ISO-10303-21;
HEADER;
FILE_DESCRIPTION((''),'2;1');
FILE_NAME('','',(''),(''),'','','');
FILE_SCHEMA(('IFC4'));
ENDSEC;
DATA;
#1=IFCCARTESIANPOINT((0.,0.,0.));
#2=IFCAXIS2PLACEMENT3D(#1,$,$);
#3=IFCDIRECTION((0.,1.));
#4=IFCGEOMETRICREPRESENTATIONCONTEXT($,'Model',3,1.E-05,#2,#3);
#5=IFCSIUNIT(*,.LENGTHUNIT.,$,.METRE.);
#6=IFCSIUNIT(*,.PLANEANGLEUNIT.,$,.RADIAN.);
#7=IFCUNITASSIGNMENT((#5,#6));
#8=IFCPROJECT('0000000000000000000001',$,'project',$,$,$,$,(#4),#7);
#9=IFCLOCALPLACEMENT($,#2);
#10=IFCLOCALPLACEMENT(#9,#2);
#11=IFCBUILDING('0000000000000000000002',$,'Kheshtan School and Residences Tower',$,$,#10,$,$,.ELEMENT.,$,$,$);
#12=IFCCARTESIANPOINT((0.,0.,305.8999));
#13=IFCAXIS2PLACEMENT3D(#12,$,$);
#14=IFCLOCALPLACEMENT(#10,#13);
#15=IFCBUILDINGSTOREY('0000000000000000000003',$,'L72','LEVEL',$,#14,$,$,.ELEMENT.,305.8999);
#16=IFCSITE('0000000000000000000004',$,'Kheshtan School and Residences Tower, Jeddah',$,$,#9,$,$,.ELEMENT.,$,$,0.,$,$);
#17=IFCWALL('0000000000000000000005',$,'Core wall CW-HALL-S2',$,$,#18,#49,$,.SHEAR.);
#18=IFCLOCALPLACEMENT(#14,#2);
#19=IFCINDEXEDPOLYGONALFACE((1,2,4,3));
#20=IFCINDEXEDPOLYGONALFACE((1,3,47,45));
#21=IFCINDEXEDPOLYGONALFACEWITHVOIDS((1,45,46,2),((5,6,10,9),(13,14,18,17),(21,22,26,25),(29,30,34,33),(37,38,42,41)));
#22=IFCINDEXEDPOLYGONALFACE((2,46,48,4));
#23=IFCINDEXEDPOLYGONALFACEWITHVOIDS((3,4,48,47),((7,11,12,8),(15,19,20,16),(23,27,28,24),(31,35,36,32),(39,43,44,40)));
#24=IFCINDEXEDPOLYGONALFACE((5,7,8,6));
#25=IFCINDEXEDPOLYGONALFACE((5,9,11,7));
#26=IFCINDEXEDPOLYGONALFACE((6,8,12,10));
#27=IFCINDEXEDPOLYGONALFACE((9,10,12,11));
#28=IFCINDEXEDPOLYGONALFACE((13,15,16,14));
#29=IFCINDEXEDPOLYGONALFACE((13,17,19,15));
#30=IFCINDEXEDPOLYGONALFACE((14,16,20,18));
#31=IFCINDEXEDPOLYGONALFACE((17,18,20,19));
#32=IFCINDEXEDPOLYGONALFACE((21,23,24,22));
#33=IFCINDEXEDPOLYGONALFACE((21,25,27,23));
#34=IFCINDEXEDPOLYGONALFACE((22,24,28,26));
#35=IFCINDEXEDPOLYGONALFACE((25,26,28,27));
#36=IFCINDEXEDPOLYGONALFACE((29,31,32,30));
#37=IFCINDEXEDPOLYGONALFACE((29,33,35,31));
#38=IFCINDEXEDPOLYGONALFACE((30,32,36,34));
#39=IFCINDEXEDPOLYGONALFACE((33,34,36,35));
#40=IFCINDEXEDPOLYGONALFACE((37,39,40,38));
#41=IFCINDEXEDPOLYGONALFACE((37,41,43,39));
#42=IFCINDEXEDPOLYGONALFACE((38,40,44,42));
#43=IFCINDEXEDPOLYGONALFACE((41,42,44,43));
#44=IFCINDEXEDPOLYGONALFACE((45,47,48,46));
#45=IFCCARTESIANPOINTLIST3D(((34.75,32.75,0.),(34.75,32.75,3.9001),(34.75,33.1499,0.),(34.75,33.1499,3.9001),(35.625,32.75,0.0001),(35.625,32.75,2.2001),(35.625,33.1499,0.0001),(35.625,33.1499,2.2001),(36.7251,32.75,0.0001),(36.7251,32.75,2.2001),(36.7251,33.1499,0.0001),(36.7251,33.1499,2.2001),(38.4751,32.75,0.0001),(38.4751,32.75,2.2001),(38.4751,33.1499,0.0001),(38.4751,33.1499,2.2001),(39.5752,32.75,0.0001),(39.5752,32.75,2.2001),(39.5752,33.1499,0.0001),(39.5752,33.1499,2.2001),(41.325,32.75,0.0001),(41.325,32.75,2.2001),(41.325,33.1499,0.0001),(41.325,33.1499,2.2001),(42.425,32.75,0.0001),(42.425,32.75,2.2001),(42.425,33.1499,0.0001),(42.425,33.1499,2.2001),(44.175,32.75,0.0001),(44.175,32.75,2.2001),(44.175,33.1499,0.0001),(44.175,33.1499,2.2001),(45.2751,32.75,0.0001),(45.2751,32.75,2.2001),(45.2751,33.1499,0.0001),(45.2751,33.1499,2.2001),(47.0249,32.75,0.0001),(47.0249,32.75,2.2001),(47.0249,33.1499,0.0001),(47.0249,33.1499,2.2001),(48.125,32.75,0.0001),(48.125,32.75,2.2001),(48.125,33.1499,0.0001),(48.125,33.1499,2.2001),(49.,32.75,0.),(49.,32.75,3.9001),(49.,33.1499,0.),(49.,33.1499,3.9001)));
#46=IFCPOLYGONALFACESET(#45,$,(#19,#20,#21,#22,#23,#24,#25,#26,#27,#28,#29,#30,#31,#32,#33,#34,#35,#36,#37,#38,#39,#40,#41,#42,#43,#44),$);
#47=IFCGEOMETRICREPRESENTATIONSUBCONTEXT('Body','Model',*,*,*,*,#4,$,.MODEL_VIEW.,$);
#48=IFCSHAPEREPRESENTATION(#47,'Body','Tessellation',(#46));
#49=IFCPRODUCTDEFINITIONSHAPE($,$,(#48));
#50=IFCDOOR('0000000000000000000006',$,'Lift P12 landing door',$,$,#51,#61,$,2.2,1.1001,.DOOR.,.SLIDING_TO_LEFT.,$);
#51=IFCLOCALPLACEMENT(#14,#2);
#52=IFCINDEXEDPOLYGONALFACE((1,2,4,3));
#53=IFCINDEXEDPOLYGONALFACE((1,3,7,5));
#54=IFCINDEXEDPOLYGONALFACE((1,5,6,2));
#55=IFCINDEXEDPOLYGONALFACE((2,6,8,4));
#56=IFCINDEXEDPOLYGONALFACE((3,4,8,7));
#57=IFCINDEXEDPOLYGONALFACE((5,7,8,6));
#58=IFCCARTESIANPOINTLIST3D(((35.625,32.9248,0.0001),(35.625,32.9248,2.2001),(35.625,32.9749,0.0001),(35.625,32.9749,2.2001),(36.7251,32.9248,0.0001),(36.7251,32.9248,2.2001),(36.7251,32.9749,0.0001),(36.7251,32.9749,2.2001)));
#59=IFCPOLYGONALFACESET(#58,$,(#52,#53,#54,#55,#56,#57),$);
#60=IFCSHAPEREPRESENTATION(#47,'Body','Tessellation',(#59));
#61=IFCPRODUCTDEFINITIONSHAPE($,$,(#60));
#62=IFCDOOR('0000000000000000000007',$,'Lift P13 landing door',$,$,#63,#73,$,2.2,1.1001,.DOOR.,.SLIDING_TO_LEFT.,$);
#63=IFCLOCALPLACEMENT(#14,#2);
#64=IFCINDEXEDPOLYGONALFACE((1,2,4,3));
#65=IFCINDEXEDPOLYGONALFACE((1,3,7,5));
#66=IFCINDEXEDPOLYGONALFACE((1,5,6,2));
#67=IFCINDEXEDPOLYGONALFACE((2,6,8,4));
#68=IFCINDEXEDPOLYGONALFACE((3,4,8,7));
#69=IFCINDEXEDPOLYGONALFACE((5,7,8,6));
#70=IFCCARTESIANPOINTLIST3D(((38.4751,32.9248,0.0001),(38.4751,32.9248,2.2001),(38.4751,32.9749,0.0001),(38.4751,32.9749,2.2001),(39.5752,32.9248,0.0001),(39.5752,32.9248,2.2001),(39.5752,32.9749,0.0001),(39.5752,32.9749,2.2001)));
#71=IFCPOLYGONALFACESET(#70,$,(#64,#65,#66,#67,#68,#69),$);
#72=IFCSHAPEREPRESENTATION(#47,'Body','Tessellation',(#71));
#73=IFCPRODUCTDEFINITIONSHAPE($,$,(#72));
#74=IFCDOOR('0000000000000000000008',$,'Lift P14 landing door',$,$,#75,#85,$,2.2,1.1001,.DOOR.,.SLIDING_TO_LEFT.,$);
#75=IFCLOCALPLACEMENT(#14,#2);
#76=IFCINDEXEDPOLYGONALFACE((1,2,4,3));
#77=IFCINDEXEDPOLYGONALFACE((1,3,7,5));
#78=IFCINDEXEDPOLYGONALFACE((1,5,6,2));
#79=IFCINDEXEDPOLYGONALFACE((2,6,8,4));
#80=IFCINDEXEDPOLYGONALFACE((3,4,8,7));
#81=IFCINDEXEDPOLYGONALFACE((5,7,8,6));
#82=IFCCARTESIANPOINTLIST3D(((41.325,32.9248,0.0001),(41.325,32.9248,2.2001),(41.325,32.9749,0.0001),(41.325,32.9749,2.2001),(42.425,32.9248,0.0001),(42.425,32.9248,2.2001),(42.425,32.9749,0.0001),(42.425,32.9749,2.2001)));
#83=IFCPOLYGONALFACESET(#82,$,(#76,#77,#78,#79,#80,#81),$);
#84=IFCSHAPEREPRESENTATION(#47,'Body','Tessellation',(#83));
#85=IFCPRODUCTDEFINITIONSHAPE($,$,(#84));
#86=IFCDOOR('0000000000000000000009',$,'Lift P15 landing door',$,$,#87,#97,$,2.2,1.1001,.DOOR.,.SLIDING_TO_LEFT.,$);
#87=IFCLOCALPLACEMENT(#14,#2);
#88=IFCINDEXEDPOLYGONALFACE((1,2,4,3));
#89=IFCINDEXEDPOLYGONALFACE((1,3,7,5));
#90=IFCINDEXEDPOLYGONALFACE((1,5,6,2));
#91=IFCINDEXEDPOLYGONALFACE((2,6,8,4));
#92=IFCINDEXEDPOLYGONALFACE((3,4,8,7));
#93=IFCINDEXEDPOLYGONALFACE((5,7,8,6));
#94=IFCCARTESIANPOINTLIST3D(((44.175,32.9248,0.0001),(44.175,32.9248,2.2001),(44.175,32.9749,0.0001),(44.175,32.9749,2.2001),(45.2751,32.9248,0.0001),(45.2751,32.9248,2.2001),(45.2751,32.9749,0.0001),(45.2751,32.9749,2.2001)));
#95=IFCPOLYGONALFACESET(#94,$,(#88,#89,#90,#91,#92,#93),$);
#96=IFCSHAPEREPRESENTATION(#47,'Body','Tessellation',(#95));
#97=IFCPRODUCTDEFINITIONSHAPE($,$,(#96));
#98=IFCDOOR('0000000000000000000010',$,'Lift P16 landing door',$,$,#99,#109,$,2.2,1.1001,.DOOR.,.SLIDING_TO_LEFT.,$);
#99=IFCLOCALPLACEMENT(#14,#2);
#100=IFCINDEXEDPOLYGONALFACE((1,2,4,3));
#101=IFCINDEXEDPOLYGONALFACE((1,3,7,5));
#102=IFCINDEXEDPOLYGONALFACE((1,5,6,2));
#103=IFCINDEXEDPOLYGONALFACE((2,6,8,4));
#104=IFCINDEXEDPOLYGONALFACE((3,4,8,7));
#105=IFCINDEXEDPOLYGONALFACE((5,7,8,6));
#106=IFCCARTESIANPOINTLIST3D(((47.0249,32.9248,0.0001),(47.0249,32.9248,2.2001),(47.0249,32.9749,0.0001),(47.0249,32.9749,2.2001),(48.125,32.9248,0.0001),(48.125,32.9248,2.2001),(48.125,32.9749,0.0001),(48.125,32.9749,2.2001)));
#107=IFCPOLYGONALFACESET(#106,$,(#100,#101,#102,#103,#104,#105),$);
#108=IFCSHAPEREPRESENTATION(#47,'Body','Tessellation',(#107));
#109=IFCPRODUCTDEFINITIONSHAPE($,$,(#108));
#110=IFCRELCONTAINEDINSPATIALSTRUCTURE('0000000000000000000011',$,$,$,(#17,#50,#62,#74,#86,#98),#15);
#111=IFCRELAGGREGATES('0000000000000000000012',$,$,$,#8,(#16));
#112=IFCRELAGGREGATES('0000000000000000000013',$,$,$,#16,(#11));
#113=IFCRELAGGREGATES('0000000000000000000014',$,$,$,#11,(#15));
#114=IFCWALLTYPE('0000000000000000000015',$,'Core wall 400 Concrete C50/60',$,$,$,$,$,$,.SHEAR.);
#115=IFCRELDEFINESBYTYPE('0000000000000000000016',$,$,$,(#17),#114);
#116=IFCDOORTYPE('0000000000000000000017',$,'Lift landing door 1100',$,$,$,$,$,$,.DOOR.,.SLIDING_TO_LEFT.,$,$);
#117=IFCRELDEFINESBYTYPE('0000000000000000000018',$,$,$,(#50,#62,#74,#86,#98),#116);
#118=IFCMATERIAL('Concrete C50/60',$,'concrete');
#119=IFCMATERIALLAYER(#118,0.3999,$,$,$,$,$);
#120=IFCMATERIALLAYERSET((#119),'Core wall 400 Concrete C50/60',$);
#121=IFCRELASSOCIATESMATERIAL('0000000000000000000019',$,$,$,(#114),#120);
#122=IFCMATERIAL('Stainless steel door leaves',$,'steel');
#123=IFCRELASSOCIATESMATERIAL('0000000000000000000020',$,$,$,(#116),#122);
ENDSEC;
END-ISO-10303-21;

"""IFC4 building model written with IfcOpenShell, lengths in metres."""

from ifc_helpers import new_model, si_unit, direction, frame, frame_2d, origin, place, context, subcontext, project, spatial, rectangle, extrude, source, transform, mapped, material, layer, layer_set, type_object, element, fill, save


model = new_model("IFC4")

# Units and contexts
model_context = context("Model", 3, precision=1e-05, world=origin(), true_north=direction((0.0, 1.0)))
body_context = subcontext(model_context, "Body", "Model", "MODEL_VIEW")
ifc_project = project(units=[si_unit("LENGTHUNIT", "METRE"), si_unit("PLANEANGLEUNIT", "RADIAN")], contexts=[model_context])

# Site, building, storey
site_placement = place(None, origin())
site = spatial("IfcSite", under=ifc_project, at=site_placement, Name="Kheshtan School and Residences Tower, Jeddah", CompositionType="ELEMENT", RefElevation=0.0)
building_placement = place(site_placement, origin())
building = spatial("IfcBuilding", under=site, at=building_placement, Name="Kheshtan School and Residences Tower", CompositionType="ELEMENT")
storey_placement = place(building_placement, frame((0.0, 0.0, 305.8999)))
storey = spatial("IfcBuildingStorey", under=building, at=storey_placement, Name="L72", Description="LEVEL", CompositionType="ELEMENT", Elevation=305.8999)

# Wall, openings, doors
ifc_material_1 = material(Name="Concrete C50/60", Category="concrete")
ifc_layer_1 = layer(ifc_material_1, 0.3999)
ifc_layer_set_1 = layer_set([ifc_layer_1], Name="Core wall 400 Concrete C50/60")
wall_type_1 = type_object("IfcWallType", Name="Core wall 400 Concrete C50/60", PredefinedType="SHEAR", material=ifc_layer_set_1)
ifc_material_2 = material(Name="Stainless steel door leaves", Category="steel")
door_type_1 = type_object("IfcDoorType", Name="Lift landing door 1100", OperationType="SLIDING_TO_LEFT", PredefinedType="DOOR", material=ifc_material_2)
shared_shape_1 = source(origin(), body_context, "Body", "SweptSolid", [
    extrude(rectangle(XDim=1.1001, YDim=2.2, at=frame_2d((0.55, 1.1001))), frame((0.0, 0.0249, 0.0), z_axis=(0.0, -1.0, 0.0), x_axis=(1.0, 0.0, 0.0)), (0.0, 0.0, 1.0), 0.05),
])
wall_1_placement = place(storey_placement, frame((34.75, 32.95, 0.0), z_axis=(0.0, 0.0, 1.0), x_axis=(1.0, 0.0, 0.0)))
wall_1 = element("IfcWall", 1, at=wall_1_placement, inside=storey, type_object=wall_type_1, Name="Core wall CW-HALL-S2", PredefinedType="SHEAR", context=body_context, shape_type="SweptSolid", body=[
    extrude(rectangle(XDim=14.25, YDim=0.3999, at=frame_2d((7.125, 0.0))), origin(), (0.0, 0.0, 1.0), 3.9001),
])
opening_1_placement = place(wall_1_placement, frame((0.875, 0.0, 0.0)))
opening_1 = element("IfcOpeningElement", 2, at=opening_1_placement, cuts=wall_1, PredefinedType="OPENING", context=body_context, shape_type="SweptSolid", body=[
    extrude(rectangle(XDim=1.1001, YDim=2.2, at=frame_2d((0.55, 1.1001))), frame((0.0, 0.21, 0.0), z_axis=(0.0, -1.0, 0.0), x_axis=(1.0, 0.0, 0.0)), (0.0, 0.0, 1.0), 0.4199),
])
opening_2_placement = place(wall_1_placement, frame((3.7251, 0.0, 0.0)))
opening_2 = element("IfcOpeningElement", 3, at=opening_2_placement, cuts=wall_1, PredefinedType="OPENING", context=body_context, shape_type="SweptSolid", body=[
    extrude(rectangle(XDim=1.1001, YDim=2.2, at=frame_2d((0.55, 1.1001))), frame((0.0, 0.21, 0.0), z_axis=(0.0, -1.0, 0.0), x_axis=(1.0, 0.0, 0.0)), (0.0, 0.0, 1.0), 0.4199),
])
opening_3_placement = place(wall_1_placement, frame((6.575, 0.0, 0.0)))
opening_3 = element("IfcOpeningElement", 4, at=opening_3_placement, cuts=wall_1, PredefinedType="OPENING", context=body_context, shape_type="SweptSolid", body=[
    extrude(rectangle(XDim=1.1001, YDim=2.2, at=frame_2d((0.55, 1.1001))), frame((0.0, 0.21, 0.0), z_axis=(0.0, -1.0, 0.0), x_axis=(1.0, 0.0, 0.0)), (0.0, 0.0, 1.0), 0.4199),
])
opening_4_placement = place(wall_1_placement, frame((9.425, 0.0, 0.0)))
opening_4 = element("IfcOpeningElement", 5, at=opening_4_placement, cuts=wall_1, PredefinedType="OPENING", context=body_context, shape_type="SweptSolid", body=[
    extrude(rectangle(XDim=1.1001, YDim=2.2, at=frame_2d((0.55, 1.1001))), frame((0.0, 0.21, 0.0), z_axis=(0.0, -1.0, 0.0), x_axis=(1.0, 0.0, 0.0)), (0.0, 0.0, 1.0), 0.4199),
])
opening_5_placement = place(wall_1_placement, frame((12.2749, 0.0, 0.0)))
opening_5 = element("IfcOpeningElement", 6, at=opening_5_placement, cuts=wall_1, PredefinedType="OPENING", context=body_context, shape_type="SweptSolid", body=[
    extrude(rectangle(XDim=1.1001, YDim=2.2, at=frame_2d((0.55, 1.1001))), frame((0.0, 0.21, 0.0), z_axis=(0.0, -1.0, 0.0), x_axis=(1.0, 0.0, 0.0)), (0.0, 0.0, 1.0), 0.4199),
])
door_1_placement = place(opening_1_placement, origin())
door_1 = element("IfcDoor", 7, at=door_1_placement, inside=storey, type_object=door_type_1, Name="Lift P12 landing door", OperationType="SLIDING_TO_LEFT", OverallHeight=2.2, OverallWidth=1.1001, PredefinedType="DOOR", context=body_context, shape_type="MappedRepresentation", body=[
    mapped(shared_shape_1, transform((0.0, 0.0, 0.0), x_axis=(1.0, 0.0, 0.0), y_axis=(0.0, 1.0, 0.0), z_axis=(0.0, 0.0, 1.0), scale=1.0)),
])
fill(opening_1, door_1)
door_2_placement = place(opening_2_placement, origin())
door_2 = element("IfcDoor", 8, at=door_2_placement, inside=storey, type_object=door_type_1, Name="Lift P13 landing door", OperationType="SLIDING_TO_LEFT", OverallHeight=2.2, OverallWidth=1.1001, PredefinedType="DOOR", context=body_context, shape_type="MappedRepresentation", body=[
    mapped(shared_shape_1, transform((0.0, 0.0, 0.0), x_axis=(1.0, 0.0, 0.0), y_axis=(0.0, 1.0, 0.0), z_axis=(0.0, 0.0, 1.0), scale=1.0)),
])
fill(opening_2, door_2)
door_3_placement = place(opening_3_placement, origin())
door_3 = element("IfcDoor", 9, at=door_3_placement, inside=storey, type_object=door_type_1, Name="Lift P14 landing door", OperationType="SLIDING_TO_LEFT", OverallHeight=2.2, OverallWidth=1.1001, PredefinedType="DOOR", context=body_context, shape_type="MappedRepresentation", body=[
    mapped(shared_shape_1, transform((0.0, 0.0, 0.0), x_axis=(1.0, 0.0, 0.0), y_axis=(0.0, 1.0, 0.0), z_axis=(0.0, 0.0, 1.0), scale=1.0)),
])
fill(opening_3, door_3)
door_4_placement = place(opening_4_placement, origin())
door_4 = element("IfcDoor", 10, at=door_4_placement, inside=storey, type_object=door_type_1, Name="Lift P15 landing door", OperationType="SLIDING_TO_LEFT", OverallHeight=2.2, OverallWidth=1.1001, PredefinedType="DOOR", context=body_context, shape_type="MappedRepresentation", body=[
    mapped(shared_shape_1, transform((0.0, 0.0, 0.0), x_axis=(1.0, 0.0, 0.0), y_axis=(0.0, 1.0, 0.0), z_axis=(0.0, 0.0, 1.0), scale=1.0)),
])
fill(opening_4, door_4)
door_5_placement = place(opening_5_placement, origin())
door_5 = element("IfcDoor", 11, at=door_5_placement, inside=storey, type_object=door_type_1, Name="Lift P16 landing door", OperationType="SLIDING_TO_LEFT", OverallHeight=2.2, OverallWidth=1.1001, PredefinedType="DOOR", context=body_context, shape_type="MappedRepresentation", body=[
    mapped(shared_shape_1, transform((0.0, 0.0, 0.0), x_axis=(1.0, 0.0, 0.0), y_axis=(0.0, 1.0, 0.0), z_axis=(0.0, 0.0, 1.0), scale=1.0)),
])
fill(opening_5, door_5)

save(model, "model.ifc")
